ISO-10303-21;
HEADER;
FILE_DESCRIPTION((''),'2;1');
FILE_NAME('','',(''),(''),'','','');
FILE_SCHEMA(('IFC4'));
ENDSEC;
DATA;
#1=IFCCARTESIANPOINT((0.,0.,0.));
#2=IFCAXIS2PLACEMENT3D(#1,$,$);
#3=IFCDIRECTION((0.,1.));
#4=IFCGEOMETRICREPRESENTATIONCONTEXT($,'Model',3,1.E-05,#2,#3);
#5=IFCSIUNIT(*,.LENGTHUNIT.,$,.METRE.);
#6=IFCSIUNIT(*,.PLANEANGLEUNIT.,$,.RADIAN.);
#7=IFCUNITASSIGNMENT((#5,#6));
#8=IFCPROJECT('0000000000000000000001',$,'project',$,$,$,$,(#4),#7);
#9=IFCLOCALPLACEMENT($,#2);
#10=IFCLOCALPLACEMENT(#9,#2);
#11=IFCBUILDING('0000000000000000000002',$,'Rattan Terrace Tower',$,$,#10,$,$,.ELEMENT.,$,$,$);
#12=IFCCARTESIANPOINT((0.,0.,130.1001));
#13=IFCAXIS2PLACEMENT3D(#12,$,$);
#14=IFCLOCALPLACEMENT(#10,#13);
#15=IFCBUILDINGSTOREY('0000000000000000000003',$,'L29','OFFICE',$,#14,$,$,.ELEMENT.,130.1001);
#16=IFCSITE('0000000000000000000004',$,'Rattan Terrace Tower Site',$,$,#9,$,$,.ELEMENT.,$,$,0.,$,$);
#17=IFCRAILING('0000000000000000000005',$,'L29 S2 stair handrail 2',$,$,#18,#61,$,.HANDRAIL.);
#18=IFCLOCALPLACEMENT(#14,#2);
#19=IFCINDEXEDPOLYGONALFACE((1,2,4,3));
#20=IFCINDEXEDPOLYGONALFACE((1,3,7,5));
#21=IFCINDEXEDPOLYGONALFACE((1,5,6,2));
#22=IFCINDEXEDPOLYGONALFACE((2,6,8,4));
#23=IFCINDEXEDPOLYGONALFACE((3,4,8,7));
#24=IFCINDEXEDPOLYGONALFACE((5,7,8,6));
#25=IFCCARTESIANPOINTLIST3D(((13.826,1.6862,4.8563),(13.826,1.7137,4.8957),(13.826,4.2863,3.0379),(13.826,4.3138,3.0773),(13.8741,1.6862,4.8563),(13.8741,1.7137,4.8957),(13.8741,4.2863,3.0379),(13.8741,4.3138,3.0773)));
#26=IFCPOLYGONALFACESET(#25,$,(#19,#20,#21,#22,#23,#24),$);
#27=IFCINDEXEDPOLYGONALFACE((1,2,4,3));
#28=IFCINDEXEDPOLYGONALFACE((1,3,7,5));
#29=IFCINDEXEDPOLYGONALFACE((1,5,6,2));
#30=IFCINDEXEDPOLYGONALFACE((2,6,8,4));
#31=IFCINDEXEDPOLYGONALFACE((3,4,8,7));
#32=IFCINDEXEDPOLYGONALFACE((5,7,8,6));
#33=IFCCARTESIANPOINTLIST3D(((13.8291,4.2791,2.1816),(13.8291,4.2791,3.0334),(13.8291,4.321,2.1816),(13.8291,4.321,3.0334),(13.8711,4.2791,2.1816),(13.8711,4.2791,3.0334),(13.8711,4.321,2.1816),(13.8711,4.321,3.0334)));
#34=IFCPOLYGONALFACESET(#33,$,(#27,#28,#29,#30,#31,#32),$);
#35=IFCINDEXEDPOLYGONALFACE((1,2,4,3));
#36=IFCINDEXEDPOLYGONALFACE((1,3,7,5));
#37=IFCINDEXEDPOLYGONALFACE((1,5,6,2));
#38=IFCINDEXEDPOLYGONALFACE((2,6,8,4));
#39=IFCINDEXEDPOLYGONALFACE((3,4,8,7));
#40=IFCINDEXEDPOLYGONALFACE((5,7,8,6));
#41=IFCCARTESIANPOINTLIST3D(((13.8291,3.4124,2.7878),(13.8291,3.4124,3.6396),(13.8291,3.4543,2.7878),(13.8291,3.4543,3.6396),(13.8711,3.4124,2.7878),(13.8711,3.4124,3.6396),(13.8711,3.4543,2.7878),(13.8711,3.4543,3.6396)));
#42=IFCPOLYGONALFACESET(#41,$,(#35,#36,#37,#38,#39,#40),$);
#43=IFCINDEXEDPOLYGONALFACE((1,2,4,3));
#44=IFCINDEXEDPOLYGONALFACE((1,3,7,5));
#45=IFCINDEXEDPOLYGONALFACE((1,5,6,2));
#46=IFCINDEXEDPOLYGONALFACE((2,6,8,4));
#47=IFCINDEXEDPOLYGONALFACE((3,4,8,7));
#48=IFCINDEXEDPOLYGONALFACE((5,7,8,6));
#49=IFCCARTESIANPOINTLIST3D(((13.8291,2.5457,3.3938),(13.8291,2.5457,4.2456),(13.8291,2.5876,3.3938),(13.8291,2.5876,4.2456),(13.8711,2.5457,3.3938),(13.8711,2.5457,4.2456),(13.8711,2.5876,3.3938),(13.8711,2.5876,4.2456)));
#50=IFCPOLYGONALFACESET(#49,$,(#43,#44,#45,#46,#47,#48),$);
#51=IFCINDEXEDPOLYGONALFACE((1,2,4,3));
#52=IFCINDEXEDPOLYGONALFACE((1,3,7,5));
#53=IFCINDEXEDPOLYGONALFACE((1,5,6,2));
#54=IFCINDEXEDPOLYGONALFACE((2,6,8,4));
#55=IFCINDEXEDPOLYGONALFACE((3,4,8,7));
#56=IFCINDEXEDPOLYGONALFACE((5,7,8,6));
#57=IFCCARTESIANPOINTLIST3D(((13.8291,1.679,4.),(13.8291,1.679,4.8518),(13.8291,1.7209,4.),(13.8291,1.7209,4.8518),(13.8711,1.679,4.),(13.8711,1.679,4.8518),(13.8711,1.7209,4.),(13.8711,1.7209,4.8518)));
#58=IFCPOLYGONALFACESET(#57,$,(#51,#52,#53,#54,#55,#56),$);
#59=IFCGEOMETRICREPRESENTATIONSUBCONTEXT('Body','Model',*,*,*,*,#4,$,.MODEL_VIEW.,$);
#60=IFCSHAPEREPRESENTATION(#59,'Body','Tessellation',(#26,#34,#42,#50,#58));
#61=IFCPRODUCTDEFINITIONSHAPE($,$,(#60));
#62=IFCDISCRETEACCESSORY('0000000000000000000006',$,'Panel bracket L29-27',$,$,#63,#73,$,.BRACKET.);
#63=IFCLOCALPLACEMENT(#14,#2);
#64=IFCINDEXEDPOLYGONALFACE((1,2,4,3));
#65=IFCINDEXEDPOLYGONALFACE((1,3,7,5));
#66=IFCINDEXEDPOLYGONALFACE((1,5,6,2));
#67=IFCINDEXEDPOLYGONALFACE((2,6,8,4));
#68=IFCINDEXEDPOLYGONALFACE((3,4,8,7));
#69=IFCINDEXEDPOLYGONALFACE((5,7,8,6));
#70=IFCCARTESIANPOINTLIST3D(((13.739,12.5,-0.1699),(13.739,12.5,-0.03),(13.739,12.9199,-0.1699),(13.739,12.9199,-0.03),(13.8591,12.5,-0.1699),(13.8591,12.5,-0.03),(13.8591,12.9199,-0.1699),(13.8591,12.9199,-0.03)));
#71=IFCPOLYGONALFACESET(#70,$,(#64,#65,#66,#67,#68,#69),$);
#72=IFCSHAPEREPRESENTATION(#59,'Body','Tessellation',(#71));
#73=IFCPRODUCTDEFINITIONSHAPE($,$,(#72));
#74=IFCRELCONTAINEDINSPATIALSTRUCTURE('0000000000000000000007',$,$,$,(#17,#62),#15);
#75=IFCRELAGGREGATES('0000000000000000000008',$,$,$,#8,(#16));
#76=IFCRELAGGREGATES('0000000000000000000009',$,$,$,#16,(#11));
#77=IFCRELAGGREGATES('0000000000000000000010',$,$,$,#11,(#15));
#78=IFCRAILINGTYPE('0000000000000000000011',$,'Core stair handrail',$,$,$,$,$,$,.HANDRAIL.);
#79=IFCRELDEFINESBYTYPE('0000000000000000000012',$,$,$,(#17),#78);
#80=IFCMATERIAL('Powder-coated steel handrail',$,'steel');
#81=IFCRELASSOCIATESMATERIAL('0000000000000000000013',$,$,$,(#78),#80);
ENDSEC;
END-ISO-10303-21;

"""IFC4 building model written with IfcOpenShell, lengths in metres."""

from ifc_helpers import new_model, si_unit, direction, frame, origin, origin_2d, place, context, subcontext, project, spatial, rectangle, extrude, material, type_object, element, save


model = new_model("IFC4")

# Units and contexts
model_context = context("Model", 3, precision=1e-05, world=origin(), true_north=direction((0.0, 1.0)))
body_context = subcontext(model_context, "Body", "Model", "MODEL_VIEW")
ifc_project = project(units=[si_unit("LENGTHUNIT", "METRE"), si_unit("PLANEANGLEUNIT", "RADIAN")], contexts=[model_context])

# Site, building, storey
site_placement = place(None, origin())
site = spatial("IfcSite", under=ifc_project, at=site_placement, Name="Rattan Terrace Tower Site", CompositionType="ELEMENT", RefElevation=0.0)
building_placement = place(site_placement, origin())
building = spatial("IfcBuilding", under=site, at=building_placement, Name="Rattan Terrace Tower", CompositionType="ELEMENT")
storey_placement = place(building_placement, frame((0.0, 0.0, 130.1001)))
storey = spatial("IfcBuildingStorey", under=building, at=storey_placement, Name="L29", Description="OFFICE", CompositionType="ELEMENT", Elevation=130.1001)

# Railing
ifc_material_1 = material(Name="Powder-coated steel handrail", Category="steel")
railing_type_1 = type_object("IfcRailingType", Name="Core stair handrail", PredefinedType="HANDRAIL", material=ifc_material_1)
railing_1_placement = place(storey_placement, frame((13.8501, 4.3, 2.1816)))
element("IfcRailing", 1, at=railing_1_placement, inside=storey, type_object=railing_type_1, Name="L29 S2 stair handrail 2", PredefinedType="HANDRAIL", context=body_context, shape_type="SweptSolid", body=[
    extrude(rectangle(XDim=0.0481, YDim=0.0481, at=origin_2d()), frame((0.0, 0.0, 0.876), z_axis=(0.0, -0.819485, 0.573101), x_axis=(1.0, 0.0, 0.0)), (0.0, 0.0, 1.0), 3.1729),
    extrude(rectangle(XDim=0.042, YDim=0.042, at=origin_2d()), origin(), (0.0, 0.0, 1.0), 0.8518),
    extrude(rectangle(XDim=0.042, YDim=0.042, at=origin_2d()), frame((0.0, -0.8667, 0.6062)), (0.0, 0.0, 1.0), 0.8518),
    extrude(rectangle(XDim=0.042, YDim=0.042, at=origin_2d()), frame((0.0, -1.7334, 1.2122)), (0.0, 0.0, 1.0), 0.8518),
    extrude(rectangle(XDim=0.042, YDim=0.042, at=origin_2d()), frame((0.0, -2.6001, 1.8184)), (0.0, 0.0, 1.0), 0.8518),
])

# Discrete accessory
discrete_accessory_placement = place(storey_placement, frame((13.7991, 12.71, -0.1699), z_axis=(0.0, 0.0, 1.0), x_axis=(-1.0, 0.0, 0.0)))
element("IfcDiscreteAccessory", 2, at=discrete_accessory_placement, inside=storey, Name="Panel bracket L29-27", PredefinedType="BRACKET", context=body_context, shape_type="SweptSolid", body=[
    extrude(rectangle(XDim=0.1201, YDim=0.4199, at=origin_2d()), origin(), (0.0, 0.0, 1.0), 0.1399),
])

save(model, "model.ifc")
